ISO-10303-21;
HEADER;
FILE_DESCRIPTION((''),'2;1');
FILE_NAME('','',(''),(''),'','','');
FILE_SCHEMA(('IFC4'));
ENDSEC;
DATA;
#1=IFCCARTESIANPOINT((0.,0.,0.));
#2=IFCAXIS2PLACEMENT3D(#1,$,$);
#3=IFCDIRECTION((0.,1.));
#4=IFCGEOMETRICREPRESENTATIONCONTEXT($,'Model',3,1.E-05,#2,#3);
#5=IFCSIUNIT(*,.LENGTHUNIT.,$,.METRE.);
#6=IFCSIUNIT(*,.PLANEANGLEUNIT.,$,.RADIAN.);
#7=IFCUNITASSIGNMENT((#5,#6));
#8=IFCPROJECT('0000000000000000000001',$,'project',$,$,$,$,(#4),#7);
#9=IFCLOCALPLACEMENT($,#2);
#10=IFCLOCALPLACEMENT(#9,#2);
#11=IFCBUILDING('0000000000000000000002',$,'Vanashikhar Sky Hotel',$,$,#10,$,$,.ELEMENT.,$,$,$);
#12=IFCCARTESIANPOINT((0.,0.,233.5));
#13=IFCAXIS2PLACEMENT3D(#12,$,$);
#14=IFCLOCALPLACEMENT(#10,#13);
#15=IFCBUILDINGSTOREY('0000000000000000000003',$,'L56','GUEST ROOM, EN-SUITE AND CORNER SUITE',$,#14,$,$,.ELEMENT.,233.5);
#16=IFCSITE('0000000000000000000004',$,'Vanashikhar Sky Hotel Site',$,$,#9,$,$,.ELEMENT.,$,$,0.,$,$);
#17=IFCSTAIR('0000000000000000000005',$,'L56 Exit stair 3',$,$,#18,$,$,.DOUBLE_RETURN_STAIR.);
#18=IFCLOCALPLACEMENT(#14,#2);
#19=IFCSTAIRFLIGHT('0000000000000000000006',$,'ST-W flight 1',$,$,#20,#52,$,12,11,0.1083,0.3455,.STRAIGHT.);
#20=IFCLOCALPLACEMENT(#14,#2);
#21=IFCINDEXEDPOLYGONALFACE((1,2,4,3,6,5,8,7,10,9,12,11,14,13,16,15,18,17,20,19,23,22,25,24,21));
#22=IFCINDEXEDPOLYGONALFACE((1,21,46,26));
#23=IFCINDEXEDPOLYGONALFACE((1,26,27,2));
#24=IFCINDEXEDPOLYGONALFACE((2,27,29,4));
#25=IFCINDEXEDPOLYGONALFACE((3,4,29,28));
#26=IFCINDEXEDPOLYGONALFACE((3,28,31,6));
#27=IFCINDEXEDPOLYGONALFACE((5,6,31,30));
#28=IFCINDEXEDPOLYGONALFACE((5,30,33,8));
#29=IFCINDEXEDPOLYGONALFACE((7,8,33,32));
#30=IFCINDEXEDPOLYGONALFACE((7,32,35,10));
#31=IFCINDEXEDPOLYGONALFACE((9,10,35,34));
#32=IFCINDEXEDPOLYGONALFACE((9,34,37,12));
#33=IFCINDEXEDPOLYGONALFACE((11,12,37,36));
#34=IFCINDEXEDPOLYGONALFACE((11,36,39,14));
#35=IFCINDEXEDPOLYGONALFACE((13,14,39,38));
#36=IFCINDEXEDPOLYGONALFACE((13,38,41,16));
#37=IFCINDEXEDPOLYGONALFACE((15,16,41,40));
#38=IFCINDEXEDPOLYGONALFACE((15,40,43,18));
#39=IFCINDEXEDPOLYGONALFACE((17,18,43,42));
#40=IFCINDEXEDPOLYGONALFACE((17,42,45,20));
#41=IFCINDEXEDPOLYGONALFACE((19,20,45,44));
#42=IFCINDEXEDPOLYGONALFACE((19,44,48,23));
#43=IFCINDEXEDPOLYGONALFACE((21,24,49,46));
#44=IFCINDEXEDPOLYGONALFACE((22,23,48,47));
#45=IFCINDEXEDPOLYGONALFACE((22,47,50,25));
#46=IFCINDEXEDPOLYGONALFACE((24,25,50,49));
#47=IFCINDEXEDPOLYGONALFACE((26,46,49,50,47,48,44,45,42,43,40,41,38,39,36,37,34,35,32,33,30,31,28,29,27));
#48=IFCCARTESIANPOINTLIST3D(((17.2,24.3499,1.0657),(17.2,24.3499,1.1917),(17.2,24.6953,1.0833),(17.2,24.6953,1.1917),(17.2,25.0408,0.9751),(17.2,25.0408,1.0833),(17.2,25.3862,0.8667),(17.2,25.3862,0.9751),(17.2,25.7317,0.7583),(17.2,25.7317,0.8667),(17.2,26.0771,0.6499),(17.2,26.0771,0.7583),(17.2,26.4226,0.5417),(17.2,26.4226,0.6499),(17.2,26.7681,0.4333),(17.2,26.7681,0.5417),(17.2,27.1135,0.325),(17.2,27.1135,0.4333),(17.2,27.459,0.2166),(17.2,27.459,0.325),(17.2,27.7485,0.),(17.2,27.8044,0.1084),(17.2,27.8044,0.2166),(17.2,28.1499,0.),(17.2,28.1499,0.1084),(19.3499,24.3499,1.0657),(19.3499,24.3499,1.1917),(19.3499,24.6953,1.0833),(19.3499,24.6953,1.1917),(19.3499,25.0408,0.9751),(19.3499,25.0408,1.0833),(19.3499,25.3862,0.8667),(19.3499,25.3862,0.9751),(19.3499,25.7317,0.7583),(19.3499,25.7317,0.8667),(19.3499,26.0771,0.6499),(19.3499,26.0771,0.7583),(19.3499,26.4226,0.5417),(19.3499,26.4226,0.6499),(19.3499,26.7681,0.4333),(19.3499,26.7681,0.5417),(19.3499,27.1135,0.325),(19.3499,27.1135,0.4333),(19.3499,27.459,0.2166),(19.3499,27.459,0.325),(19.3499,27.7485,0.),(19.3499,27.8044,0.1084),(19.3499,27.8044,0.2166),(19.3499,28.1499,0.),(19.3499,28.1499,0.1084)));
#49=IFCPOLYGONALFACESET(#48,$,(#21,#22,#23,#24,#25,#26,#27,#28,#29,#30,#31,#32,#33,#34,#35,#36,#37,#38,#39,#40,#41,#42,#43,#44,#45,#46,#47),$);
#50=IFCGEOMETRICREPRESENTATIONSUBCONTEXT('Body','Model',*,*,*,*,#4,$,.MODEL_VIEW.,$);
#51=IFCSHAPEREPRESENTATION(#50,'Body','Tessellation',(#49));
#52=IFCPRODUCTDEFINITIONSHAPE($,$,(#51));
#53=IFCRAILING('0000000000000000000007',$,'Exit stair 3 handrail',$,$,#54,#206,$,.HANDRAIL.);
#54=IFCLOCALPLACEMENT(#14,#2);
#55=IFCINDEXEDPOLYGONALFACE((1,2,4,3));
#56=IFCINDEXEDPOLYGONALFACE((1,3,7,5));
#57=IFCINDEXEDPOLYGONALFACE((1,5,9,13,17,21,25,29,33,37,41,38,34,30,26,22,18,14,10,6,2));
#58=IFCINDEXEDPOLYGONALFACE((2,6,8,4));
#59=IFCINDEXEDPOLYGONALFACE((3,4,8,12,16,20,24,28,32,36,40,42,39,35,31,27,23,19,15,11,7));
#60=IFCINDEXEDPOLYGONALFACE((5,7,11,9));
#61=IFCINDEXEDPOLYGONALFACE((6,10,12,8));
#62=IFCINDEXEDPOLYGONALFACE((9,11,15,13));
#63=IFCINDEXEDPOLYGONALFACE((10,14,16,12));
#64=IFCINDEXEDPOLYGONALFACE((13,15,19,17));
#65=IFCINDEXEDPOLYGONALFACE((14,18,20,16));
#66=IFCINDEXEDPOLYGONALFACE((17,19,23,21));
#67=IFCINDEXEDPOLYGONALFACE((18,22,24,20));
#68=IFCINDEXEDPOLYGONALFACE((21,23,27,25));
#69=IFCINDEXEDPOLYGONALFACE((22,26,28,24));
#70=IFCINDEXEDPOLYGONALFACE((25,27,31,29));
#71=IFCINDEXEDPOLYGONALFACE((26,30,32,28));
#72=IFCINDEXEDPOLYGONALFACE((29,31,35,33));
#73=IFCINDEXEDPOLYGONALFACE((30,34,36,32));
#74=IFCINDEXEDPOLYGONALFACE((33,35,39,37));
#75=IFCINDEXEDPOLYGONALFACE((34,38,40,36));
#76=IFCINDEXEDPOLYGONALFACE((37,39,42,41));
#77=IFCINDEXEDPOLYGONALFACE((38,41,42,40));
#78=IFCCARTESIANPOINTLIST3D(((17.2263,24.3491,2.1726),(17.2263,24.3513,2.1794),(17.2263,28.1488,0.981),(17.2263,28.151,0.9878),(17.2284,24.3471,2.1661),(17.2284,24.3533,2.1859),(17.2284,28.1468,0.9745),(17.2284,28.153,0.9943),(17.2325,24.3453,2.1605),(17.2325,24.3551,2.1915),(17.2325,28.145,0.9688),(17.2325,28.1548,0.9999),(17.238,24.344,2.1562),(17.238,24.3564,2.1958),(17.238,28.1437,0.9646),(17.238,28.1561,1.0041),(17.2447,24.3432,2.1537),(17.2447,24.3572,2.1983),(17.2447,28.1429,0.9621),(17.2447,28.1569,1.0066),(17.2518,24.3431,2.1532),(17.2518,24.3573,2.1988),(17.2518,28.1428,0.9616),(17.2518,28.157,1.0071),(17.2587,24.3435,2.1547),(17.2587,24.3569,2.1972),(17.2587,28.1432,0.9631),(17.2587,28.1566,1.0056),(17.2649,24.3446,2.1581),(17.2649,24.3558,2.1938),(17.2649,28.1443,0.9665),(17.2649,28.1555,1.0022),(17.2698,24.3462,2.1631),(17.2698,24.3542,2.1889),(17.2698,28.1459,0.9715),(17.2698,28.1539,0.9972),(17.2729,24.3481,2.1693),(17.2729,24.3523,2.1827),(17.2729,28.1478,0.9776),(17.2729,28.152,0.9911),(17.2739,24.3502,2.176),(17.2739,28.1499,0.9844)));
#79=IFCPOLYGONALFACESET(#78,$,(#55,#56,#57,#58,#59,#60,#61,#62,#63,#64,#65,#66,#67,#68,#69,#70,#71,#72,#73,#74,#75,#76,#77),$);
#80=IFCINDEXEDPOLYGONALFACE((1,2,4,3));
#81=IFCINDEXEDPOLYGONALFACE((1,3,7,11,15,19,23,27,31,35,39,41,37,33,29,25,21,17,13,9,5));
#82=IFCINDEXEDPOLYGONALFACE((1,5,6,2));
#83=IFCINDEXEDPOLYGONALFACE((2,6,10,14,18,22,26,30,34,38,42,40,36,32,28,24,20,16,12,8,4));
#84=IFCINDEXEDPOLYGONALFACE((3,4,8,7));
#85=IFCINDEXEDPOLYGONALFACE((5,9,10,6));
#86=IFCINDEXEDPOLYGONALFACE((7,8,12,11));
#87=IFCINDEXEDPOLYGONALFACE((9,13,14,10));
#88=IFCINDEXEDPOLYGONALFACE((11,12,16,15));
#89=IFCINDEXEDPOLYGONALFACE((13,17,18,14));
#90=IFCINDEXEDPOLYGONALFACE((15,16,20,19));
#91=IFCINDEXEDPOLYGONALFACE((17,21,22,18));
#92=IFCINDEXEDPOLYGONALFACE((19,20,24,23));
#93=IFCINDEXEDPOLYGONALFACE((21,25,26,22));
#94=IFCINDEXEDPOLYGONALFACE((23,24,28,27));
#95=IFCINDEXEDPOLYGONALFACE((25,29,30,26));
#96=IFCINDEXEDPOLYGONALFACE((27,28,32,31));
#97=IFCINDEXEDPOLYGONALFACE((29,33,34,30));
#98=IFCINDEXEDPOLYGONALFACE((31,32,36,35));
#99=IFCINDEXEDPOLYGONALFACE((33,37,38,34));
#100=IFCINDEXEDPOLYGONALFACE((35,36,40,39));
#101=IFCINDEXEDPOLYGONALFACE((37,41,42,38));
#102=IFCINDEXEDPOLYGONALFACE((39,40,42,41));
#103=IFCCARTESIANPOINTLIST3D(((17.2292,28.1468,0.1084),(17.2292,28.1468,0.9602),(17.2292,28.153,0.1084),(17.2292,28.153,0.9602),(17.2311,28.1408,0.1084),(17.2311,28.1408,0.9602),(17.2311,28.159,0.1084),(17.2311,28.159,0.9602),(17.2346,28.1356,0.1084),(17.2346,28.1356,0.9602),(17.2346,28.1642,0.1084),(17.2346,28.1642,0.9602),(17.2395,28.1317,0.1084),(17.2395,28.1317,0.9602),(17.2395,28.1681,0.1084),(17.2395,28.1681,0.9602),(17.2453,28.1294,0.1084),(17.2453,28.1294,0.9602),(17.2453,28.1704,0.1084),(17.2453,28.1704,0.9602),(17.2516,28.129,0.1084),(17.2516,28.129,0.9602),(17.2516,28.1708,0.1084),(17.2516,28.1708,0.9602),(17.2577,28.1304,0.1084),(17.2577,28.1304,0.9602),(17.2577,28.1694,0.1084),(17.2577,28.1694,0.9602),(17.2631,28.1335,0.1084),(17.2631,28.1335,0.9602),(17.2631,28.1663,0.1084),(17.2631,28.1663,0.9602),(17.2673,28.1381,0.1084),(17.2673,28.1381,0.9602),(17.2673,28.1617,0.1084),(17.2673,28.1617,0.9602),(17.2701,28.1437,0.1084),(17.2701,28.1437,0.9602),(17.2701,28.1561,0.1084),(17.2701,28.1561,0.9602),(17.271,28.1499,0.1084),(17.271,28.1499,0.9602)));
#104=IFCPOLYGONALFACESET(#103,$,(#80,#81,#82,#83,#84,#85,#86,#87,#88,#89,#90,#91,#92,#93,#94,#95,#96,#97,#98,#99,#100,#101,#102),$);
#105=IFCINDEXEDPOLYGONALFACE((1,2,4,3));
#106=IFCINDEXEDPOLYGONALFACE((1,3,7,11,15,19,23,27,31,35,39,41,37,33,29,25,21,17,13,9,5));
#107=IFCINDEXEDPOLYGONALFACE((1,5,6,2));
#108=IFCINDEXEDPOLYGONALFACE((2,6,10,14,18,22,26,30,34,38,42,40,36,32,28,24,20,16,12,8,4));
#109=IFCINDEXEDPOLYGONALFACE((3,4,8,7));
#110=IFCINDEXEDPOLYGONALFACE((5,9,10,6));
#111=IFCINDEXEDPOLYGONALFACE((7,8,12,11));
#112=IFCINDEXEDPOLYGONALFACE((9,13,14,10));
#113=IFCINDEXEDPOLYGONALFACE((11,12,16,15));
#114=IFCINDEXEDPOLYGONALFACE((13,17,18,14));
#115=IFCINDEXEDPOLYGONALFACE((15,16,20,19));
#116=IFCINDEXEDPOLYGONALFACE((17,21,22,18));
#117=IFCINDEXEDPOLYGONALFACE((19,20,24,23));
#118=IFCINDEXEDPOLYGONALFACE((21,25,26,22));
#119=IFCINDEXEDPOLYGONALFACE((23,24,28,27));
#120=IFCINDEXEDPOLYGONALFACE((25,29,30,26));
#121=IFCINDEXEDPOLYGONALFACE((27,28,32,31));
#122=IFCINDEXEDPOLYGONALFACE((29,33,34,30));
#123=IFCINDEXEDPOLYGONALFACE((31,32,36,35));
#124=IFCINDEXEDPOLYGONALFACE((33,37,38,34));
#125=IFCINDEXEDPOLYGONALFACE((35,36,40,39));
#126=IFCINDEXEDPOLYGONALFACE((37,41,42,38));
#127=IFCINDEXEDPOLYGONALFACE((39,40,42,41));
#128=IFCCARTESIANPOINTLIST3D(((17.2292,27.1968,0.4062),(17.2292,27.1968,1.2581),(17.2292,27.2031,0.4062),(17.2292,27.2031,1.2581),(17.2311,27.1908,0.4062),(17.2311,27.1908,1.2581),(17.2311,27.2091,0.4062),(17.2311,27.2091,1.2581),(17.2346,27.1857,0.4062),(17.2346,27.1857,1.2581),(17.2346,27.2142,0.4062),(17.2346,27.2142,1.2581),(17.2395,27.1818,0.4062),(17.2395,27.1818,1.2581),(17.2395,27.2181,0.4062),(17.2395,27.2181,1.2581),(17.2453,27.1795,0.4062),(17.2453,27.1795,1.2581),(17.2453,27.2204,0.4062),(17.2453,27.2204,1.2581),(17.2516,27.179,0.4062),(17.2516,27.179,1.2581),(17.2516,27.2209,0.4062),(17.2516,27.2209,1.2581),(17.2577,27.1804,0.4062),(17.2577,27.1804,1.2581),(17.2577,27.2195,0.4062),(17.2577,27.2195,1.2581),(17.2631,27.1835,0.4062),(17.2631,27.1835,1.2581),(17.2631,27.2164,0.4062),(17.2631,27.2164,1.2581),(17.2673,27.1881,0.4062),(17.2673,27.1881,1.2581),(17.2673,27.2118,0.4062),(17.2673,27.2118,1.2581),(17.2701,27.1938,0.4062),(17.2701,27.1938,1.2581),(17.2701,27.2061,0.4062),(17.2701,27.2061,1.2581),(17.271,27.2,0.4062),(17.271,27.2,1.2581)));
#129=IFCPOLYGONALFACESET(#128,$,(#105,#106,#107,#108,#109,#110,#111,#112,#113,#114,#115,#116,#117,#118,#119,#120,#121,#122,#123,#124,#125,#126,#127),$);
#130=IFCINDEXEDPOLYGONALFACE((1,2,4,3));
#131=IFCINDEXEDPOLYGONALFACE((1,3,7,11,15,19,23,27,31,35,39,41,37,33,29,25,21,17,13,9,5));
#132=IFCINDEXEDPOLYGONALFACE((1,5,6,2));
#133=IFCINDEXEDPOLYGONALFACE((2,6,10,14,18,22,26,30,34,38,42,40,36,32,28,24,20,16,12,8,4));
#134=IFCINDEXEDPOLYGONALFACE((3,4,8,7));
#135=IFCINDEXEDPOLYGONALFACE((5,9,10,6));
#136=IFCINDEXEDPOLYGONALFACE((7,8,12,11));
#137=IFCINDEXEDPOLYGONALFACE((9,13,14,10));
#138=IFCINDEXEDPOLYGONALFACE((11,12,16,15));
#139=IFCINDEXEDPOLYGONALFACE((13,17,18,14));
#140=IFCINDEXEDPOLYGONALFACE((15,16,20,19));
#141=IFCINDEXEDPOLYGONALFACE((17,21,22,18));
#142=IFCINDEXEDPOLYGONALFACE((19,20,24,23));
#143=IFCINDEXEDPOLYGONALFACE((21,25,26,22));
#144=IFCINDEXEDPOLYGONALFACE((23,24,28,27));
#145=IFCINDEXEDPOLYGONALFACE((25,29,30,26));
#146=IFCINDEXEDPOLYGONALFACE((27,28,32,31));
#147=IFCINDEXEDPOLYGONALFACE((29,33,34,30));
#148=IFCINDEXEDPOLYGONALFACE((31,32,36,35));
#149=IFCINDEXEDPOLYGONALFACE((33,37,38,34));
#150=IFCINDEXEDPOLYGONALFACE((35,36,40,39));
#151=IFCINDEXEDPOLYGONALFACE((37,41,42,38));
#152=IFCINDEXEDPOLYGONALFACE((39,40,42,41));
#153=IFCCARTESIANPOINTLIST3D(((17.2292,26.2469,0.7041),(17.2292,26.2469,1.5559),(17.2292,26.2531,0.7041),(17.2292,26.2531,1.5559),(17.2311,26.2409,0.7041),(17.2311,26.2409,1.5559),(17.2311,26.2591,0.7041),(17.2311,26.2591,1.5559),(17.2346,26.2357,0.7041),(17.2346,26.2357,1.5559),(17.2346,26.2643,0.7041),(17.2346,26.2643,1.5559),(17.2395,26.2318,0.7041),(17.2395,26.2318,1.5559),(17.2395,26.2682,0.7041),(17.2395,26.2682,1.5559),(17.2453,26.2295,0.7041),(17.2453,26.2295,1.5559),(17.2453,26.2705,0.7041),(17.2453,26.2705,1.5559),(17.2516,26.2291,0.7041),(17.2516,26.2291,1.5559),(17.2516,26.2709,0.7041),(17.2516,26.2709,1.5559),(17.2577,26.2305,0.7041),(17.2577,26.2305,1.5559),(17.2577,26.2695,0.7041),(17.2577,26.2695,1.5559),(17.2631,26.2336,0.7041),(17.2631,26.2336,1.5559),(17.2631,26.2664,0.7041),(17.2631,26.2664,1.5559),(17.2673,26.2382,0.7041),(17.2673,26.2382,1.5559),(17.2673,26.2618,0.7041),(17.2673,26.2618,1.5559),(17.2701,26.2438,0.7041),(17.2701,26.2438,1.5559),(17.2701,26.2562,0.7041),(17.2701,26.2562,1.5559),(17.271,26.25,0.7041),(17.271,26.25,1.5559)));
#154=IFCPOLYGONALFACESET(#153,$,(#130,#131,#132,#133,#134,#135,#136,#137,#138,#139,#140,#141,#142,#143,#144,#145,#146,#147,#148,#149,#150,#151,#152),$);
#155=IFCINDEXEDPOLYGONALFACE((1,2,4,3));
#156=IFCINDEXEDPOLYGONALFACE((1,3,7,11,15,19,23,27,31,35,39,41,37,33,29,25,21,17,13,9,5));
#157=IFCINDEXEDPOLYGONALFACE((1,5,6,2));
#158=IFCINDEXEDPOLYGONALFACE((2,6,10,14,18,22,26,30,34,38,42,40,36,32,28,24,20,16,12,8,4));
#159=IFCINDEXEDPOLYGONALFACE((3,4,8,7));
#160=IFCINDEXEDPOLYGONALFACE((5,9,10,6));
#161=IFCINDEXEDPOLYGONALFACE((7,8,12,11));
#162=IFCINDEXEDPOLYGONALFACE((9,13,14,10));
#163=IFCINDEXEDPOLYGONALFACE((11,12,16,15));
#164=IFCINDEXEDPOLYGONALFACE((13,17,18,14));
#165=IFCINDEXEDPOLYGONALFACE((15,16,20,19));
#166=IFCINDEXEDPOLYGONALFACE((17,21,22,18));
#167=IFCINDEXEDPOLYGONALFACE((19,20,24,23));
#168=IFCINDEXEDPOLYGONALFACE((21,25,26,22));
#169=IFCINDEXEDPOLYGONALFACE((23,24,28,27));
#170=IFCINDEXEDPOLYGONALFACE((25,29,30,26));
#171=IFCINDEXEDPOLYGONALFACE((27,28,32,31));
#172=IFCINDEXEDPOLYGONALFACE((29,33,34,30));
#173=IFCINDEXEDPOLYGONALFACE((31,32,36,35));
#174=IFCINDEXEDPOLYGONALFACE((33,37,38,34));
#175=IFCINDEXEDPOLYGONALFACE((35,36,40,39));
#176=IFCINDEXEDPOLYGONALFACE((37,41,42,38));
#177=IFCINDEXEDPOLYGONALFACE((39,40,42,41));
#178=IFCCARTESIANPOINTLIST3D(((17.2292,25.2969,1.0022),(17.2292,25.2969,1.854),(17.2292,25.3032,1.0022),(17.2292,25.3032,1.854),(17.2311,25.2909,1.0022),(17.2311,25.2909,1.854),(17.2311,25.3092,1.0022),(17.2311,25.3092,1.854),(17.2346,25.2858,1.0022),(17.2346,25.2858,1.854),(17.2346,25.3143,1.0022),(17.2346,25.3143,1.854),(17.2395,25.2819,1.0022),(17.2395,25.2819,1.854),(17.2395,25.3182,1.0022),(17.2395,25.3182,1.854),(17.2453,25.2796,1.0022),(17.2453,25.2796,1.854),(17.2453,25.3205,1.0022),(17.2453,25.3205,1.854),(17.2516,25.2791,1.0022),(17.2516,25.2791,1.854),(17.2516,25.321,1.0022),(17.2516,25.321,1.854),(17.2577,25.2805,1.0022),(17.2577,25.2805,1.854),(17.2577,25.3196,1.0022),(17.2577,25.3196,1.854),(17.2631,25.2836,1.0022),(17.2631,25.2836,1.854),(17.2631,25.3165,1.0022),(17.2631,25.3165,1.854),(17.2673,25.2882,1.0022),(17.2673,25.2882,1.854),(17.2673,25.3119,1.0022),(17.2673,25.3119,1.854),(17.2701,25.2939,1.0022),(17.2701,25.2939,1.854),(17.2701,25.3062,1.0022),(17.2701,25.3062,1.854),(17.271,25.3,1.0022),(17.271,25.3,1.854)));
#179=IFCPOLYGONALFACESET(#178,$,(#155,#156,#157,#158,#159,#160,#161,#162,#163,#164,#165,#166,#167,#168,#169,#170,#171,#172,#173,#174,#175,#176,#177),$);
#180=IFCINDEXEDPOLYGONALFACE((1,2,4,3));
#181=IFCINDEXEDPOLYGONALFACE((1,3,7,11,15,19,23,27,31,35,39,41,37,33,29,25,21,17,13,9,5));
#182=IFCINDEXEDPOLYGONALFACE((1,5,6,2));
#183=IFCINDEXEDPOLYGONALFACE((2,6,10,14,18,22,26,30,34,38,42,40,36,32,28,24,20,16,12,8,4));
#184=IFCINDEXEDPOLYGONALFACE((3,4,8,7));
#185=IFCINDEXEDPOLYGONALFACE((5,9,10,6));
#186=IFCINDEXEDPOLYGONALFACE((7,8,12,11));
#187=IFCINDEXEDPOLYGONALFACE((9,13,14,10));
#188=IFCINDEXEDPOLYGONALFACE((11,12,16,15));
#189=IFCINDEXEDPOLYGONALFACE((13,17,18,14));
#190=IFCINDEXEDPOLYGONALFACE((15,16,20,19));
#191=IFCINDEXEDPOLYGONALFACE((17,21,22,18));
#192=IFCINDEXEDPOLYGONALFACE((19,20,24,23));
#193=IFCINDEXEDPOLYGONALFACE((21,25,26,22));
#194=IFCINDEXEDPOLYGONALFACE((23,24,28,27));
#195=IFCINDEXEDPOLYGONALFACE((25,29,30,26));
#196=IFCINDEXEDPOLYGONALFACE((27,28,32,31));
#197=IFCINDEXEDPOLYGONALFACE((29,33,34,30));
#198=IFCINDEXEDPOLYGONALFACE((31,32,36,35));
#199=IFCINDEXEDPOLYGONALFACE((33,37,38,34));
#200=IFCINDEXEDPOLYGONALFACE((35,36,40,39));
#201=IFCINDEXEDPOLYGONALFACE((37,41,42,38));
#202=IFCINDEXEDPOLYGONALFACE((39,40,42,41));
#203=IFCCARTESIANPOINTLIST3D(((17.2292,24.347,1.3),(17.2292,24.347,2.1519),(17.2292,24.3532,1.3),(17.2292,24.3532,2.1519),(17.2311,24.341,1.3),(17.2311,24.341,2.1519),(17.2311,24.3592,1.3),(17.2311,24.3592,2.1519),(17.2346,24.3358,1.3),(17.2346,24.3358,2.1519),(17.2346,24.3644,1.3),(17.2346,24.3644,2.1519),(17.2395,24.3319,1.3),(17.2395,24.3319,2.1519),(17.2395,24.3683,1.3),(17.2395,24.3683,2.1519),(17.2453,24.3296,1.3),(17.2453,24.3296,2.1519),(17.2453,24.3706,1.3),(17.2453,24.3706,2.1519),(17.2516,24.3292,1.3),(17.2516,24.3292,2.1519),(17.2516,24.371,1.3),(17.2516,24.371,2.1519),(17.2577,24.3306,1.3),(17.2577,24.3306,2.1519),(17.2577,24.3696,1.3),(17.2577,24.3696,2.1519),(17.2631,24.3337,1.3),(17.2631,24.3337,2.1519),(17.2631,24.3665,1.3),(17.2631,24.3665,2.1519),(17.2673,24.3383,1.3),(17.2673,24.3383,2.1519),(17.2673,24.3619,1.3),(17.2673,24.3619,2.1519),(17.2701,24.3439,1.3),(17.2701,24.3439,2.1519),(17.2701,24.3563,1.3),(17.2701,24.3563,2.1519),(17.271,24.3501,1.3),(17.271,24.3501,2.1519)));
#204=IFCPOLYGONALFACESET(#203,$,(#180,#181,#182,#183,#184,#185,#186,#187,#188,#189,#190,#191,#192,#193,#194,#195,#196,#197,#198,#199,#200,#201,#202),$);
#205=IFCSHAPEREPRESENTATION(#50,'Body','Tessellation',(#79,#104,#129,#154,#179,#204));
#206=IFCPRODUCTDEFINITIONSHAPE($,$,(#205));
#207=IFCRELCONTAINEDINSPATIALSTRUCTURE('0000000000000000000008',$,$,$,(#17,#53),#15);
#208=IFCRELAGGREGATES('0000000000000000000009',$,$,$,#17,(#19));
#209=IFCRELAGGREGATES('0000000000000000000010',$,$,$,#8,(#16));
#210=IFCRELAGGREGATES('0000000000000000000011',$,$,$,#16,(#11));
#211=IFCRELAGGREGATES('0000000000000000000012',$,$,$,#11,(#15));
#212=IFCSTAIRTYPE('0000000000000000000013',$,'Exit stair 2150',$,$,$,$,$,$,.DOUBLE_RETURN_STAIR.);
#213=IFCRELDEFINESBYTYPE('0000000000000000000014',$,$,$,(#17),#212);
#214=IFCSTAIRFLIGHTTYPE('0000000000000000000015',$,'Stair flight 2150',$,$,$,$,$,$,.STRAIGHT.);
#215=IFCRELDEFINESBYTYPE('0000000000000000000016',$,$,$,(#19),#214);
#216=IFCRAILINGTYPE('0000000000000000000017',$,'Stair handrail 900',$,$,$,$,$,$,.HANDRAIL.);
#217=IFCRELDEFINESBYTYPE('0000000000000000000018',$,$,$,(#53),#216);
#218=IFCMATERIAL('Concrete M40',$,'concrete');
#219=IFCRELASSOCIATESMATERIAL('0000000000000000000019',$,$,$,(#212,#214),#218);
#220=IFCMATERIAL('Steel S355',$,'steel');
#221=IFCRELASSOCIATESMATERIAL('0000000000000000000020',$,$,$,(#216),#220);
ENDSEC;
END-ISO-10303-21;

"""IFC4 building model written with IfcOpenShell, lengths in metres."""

from ifc_helpers import new_model, si_unit, direction, frame, origin, origin_2d, place, context, subcontext, project, spatial, polyline, circle, outline, extrude, source, transform, mapped, material, type_object, element, aggregate, save


model = new_model("IFC4")

# Units and contexts
model_context = context("Model", 3, precision=1e-05, world=origin(), true_north=direction((0.0, 1.0)))
body_context = subcontext(model_context, "Body", "Model", "MODEL_VIEW")
ifc_project = project(units=[si_unit("LENGTHUNIT", "METRE"), si_unit("PLANEANGLEUNIT", "RADIAN")], contexts=[model_context])

# Site, building, storey
site_placement = place(None, origin())
site = spatial("IfcSite", under=ifc_project, at=site_placement, Name="Vanashikhar Sky Hotel Site", CompositionType="ELEMENT", RefElevation=0.0)
building_placement = place(site_placement, origin())
building = spatial("IfcBuilding", under=site, at=building_placement, Name="Vanashikhar Sky Hotel", CompositionType="ELEMENT")
storey_placement = place(building_placement, frame((0.0, 0.0, 233.5)))
storey = spatial("IfcBuildingStorey", under=building, at=storey_placement, Name="L56", Description="GUEST ROOM, EN-SUITE AND CORNER SUITE", CompositionType="ELEMENT", Elevation=233.5)

# Stair, stair flight
ifc_material_1 = material(Name="Concrete M40", Category="concrete")
stair_type = type_object("IfcStairType", Name="Exit stair 2150", PredefinedType="DOUBLE_RETURN_STAIR", material=ifc_material_1)
stair_placement = place(storey_placement, origin())
stair = element("IfcStair", 1, at=stair_placement, inside=storey, type_object=stair_type, Name="L56 Exit stair 3", PredefinedType="DOUBLE_RETURN_STAIR")
stair_flight_type = type_object("IfcStairFlightType", Name="Stair flight 2150", PredefinedType="STRAIGHT", material=ifc_material_1)
shared_shape_1 = source(origin(), body_context, "Body", "SweptSolid", [
    extrude(outline(polyline([(0.0, 0.0), (0.0, 0.1084), (0.3455, 0.1084), (0.3455, 0.2166), (0.6909, 0.2166), (0.6909, 0.325), (1.0364, 0.325), (1.0364, 0.4333), (1.3818, 0.4333), (1.3818, 0.5417), (1.7273, 0.5417), (1.7273, 0.6499), (2.0728, 0.6499), (2.0728, 0.7583), (2.4182, 0.7583), (2.4182, 0.8667), (2.7637, 0.8667), (2.7637, 0.9751), (3.1091, 0.9751), (3.1091, 1.0833), (3.4546, 1.0833), (3.4546, 1.1917), (3.8, 1.1917), (3.8, 1.3), (3.8, 1.0657), (0.4014, 0.0), (0.0, 0.0)])), frame((0.0, 1.075, 0.0), z_axis=(0.0, -1.0, 0.0), x_axis=(1.0, 0.0, 0.0)), (0.0, 0.0, 1.0), 2.1499),
])
stair_flight_placement = place(storey_placement, frame((18.2749, 28.1499, 0.0), z_axis=(0.0, 0.0, 1.0), x_axis=(0.0, -1.0, 0.0)))
stair_flight = element("IfcStairFlight", 2, at=stair_flight_placement, type_object=stair_flight_type, Name="ST-W flight 1", NumberOfRisers=12, NumberOfTreads=11, PredefinedType="STRAIGHT", RiserHeight=0.1083, TreadLength=0.3455, context=body_context, shape_type="MappedRepresentation", body=[
    mapped(shared_shape_1, transform((0.0, 0.0, 0.0), scale=1.0)),
])
aggregate(stair, [stair_flight])

# Railing
ifc_material_2 = material(Name="Steel S355", Category="steel")
railing_type = type_object("IfcRailingType", Name="Stair handrail 900", PredefinedType="HANDRAIL", material=ifc_material_2)
shared_shape_2 = source(origin(), body_context, "Body", "SweptSolid", [
    extrude(circle(Radius=0.0239, at=origin_2d()), frame((0.0, 0.0, 0.876), z_axis=(0.0, -0.954178, 0.299238), x_axis=(1.0, 0.0, 0.0)), (0.0, 0.0, 1.0), 3.9822),
    extrude(circle(Radius=0.021, at=origin_2d()), origin(), (0.0, 0.0, 1.0), 0.8518),
    extrude(circle(Radius=0.021, at=origin_2d()), frame((0.0, -0.95, 0.2979)), (0.0, 0.0, 1.0), 0.8518),
    extrude(circle(Radius=0.021, at=origin_2d()), frame((0.0, -1.8999, 0.5957)), (0.0, 0.0, 1.0), 0.8518),
    extrude(circle(Radius=0.021, at=origin_2d()), frame((0.0, -2.8499, 0.8938)), (0.0, 0.0, 1.0), 0.8518),
    extrude(circle(Radius=0.021, at=origin_2d()), frame((0.0, -3.7998, 1.1917)), (0.0, 0.0, 1.0), 0.8518),
])
for number, where, name in (
    (3, (17.25, 28.1499, 0.1084), "Exit stair 3 handrail"),
):
    element("IfcRailing", number, at=place(storey_placement, frame(where)), inside=storey, type_object=railing_type, Name=name, PredefinedType="HANDRAIL", context=body_context, shape_type="MappedRepresentation", body=[
        mapped(shared_shape_2, transform((0.0, 0.0, 0.0), scale=1.0)),
    ])

save(model, "model.ifc")
